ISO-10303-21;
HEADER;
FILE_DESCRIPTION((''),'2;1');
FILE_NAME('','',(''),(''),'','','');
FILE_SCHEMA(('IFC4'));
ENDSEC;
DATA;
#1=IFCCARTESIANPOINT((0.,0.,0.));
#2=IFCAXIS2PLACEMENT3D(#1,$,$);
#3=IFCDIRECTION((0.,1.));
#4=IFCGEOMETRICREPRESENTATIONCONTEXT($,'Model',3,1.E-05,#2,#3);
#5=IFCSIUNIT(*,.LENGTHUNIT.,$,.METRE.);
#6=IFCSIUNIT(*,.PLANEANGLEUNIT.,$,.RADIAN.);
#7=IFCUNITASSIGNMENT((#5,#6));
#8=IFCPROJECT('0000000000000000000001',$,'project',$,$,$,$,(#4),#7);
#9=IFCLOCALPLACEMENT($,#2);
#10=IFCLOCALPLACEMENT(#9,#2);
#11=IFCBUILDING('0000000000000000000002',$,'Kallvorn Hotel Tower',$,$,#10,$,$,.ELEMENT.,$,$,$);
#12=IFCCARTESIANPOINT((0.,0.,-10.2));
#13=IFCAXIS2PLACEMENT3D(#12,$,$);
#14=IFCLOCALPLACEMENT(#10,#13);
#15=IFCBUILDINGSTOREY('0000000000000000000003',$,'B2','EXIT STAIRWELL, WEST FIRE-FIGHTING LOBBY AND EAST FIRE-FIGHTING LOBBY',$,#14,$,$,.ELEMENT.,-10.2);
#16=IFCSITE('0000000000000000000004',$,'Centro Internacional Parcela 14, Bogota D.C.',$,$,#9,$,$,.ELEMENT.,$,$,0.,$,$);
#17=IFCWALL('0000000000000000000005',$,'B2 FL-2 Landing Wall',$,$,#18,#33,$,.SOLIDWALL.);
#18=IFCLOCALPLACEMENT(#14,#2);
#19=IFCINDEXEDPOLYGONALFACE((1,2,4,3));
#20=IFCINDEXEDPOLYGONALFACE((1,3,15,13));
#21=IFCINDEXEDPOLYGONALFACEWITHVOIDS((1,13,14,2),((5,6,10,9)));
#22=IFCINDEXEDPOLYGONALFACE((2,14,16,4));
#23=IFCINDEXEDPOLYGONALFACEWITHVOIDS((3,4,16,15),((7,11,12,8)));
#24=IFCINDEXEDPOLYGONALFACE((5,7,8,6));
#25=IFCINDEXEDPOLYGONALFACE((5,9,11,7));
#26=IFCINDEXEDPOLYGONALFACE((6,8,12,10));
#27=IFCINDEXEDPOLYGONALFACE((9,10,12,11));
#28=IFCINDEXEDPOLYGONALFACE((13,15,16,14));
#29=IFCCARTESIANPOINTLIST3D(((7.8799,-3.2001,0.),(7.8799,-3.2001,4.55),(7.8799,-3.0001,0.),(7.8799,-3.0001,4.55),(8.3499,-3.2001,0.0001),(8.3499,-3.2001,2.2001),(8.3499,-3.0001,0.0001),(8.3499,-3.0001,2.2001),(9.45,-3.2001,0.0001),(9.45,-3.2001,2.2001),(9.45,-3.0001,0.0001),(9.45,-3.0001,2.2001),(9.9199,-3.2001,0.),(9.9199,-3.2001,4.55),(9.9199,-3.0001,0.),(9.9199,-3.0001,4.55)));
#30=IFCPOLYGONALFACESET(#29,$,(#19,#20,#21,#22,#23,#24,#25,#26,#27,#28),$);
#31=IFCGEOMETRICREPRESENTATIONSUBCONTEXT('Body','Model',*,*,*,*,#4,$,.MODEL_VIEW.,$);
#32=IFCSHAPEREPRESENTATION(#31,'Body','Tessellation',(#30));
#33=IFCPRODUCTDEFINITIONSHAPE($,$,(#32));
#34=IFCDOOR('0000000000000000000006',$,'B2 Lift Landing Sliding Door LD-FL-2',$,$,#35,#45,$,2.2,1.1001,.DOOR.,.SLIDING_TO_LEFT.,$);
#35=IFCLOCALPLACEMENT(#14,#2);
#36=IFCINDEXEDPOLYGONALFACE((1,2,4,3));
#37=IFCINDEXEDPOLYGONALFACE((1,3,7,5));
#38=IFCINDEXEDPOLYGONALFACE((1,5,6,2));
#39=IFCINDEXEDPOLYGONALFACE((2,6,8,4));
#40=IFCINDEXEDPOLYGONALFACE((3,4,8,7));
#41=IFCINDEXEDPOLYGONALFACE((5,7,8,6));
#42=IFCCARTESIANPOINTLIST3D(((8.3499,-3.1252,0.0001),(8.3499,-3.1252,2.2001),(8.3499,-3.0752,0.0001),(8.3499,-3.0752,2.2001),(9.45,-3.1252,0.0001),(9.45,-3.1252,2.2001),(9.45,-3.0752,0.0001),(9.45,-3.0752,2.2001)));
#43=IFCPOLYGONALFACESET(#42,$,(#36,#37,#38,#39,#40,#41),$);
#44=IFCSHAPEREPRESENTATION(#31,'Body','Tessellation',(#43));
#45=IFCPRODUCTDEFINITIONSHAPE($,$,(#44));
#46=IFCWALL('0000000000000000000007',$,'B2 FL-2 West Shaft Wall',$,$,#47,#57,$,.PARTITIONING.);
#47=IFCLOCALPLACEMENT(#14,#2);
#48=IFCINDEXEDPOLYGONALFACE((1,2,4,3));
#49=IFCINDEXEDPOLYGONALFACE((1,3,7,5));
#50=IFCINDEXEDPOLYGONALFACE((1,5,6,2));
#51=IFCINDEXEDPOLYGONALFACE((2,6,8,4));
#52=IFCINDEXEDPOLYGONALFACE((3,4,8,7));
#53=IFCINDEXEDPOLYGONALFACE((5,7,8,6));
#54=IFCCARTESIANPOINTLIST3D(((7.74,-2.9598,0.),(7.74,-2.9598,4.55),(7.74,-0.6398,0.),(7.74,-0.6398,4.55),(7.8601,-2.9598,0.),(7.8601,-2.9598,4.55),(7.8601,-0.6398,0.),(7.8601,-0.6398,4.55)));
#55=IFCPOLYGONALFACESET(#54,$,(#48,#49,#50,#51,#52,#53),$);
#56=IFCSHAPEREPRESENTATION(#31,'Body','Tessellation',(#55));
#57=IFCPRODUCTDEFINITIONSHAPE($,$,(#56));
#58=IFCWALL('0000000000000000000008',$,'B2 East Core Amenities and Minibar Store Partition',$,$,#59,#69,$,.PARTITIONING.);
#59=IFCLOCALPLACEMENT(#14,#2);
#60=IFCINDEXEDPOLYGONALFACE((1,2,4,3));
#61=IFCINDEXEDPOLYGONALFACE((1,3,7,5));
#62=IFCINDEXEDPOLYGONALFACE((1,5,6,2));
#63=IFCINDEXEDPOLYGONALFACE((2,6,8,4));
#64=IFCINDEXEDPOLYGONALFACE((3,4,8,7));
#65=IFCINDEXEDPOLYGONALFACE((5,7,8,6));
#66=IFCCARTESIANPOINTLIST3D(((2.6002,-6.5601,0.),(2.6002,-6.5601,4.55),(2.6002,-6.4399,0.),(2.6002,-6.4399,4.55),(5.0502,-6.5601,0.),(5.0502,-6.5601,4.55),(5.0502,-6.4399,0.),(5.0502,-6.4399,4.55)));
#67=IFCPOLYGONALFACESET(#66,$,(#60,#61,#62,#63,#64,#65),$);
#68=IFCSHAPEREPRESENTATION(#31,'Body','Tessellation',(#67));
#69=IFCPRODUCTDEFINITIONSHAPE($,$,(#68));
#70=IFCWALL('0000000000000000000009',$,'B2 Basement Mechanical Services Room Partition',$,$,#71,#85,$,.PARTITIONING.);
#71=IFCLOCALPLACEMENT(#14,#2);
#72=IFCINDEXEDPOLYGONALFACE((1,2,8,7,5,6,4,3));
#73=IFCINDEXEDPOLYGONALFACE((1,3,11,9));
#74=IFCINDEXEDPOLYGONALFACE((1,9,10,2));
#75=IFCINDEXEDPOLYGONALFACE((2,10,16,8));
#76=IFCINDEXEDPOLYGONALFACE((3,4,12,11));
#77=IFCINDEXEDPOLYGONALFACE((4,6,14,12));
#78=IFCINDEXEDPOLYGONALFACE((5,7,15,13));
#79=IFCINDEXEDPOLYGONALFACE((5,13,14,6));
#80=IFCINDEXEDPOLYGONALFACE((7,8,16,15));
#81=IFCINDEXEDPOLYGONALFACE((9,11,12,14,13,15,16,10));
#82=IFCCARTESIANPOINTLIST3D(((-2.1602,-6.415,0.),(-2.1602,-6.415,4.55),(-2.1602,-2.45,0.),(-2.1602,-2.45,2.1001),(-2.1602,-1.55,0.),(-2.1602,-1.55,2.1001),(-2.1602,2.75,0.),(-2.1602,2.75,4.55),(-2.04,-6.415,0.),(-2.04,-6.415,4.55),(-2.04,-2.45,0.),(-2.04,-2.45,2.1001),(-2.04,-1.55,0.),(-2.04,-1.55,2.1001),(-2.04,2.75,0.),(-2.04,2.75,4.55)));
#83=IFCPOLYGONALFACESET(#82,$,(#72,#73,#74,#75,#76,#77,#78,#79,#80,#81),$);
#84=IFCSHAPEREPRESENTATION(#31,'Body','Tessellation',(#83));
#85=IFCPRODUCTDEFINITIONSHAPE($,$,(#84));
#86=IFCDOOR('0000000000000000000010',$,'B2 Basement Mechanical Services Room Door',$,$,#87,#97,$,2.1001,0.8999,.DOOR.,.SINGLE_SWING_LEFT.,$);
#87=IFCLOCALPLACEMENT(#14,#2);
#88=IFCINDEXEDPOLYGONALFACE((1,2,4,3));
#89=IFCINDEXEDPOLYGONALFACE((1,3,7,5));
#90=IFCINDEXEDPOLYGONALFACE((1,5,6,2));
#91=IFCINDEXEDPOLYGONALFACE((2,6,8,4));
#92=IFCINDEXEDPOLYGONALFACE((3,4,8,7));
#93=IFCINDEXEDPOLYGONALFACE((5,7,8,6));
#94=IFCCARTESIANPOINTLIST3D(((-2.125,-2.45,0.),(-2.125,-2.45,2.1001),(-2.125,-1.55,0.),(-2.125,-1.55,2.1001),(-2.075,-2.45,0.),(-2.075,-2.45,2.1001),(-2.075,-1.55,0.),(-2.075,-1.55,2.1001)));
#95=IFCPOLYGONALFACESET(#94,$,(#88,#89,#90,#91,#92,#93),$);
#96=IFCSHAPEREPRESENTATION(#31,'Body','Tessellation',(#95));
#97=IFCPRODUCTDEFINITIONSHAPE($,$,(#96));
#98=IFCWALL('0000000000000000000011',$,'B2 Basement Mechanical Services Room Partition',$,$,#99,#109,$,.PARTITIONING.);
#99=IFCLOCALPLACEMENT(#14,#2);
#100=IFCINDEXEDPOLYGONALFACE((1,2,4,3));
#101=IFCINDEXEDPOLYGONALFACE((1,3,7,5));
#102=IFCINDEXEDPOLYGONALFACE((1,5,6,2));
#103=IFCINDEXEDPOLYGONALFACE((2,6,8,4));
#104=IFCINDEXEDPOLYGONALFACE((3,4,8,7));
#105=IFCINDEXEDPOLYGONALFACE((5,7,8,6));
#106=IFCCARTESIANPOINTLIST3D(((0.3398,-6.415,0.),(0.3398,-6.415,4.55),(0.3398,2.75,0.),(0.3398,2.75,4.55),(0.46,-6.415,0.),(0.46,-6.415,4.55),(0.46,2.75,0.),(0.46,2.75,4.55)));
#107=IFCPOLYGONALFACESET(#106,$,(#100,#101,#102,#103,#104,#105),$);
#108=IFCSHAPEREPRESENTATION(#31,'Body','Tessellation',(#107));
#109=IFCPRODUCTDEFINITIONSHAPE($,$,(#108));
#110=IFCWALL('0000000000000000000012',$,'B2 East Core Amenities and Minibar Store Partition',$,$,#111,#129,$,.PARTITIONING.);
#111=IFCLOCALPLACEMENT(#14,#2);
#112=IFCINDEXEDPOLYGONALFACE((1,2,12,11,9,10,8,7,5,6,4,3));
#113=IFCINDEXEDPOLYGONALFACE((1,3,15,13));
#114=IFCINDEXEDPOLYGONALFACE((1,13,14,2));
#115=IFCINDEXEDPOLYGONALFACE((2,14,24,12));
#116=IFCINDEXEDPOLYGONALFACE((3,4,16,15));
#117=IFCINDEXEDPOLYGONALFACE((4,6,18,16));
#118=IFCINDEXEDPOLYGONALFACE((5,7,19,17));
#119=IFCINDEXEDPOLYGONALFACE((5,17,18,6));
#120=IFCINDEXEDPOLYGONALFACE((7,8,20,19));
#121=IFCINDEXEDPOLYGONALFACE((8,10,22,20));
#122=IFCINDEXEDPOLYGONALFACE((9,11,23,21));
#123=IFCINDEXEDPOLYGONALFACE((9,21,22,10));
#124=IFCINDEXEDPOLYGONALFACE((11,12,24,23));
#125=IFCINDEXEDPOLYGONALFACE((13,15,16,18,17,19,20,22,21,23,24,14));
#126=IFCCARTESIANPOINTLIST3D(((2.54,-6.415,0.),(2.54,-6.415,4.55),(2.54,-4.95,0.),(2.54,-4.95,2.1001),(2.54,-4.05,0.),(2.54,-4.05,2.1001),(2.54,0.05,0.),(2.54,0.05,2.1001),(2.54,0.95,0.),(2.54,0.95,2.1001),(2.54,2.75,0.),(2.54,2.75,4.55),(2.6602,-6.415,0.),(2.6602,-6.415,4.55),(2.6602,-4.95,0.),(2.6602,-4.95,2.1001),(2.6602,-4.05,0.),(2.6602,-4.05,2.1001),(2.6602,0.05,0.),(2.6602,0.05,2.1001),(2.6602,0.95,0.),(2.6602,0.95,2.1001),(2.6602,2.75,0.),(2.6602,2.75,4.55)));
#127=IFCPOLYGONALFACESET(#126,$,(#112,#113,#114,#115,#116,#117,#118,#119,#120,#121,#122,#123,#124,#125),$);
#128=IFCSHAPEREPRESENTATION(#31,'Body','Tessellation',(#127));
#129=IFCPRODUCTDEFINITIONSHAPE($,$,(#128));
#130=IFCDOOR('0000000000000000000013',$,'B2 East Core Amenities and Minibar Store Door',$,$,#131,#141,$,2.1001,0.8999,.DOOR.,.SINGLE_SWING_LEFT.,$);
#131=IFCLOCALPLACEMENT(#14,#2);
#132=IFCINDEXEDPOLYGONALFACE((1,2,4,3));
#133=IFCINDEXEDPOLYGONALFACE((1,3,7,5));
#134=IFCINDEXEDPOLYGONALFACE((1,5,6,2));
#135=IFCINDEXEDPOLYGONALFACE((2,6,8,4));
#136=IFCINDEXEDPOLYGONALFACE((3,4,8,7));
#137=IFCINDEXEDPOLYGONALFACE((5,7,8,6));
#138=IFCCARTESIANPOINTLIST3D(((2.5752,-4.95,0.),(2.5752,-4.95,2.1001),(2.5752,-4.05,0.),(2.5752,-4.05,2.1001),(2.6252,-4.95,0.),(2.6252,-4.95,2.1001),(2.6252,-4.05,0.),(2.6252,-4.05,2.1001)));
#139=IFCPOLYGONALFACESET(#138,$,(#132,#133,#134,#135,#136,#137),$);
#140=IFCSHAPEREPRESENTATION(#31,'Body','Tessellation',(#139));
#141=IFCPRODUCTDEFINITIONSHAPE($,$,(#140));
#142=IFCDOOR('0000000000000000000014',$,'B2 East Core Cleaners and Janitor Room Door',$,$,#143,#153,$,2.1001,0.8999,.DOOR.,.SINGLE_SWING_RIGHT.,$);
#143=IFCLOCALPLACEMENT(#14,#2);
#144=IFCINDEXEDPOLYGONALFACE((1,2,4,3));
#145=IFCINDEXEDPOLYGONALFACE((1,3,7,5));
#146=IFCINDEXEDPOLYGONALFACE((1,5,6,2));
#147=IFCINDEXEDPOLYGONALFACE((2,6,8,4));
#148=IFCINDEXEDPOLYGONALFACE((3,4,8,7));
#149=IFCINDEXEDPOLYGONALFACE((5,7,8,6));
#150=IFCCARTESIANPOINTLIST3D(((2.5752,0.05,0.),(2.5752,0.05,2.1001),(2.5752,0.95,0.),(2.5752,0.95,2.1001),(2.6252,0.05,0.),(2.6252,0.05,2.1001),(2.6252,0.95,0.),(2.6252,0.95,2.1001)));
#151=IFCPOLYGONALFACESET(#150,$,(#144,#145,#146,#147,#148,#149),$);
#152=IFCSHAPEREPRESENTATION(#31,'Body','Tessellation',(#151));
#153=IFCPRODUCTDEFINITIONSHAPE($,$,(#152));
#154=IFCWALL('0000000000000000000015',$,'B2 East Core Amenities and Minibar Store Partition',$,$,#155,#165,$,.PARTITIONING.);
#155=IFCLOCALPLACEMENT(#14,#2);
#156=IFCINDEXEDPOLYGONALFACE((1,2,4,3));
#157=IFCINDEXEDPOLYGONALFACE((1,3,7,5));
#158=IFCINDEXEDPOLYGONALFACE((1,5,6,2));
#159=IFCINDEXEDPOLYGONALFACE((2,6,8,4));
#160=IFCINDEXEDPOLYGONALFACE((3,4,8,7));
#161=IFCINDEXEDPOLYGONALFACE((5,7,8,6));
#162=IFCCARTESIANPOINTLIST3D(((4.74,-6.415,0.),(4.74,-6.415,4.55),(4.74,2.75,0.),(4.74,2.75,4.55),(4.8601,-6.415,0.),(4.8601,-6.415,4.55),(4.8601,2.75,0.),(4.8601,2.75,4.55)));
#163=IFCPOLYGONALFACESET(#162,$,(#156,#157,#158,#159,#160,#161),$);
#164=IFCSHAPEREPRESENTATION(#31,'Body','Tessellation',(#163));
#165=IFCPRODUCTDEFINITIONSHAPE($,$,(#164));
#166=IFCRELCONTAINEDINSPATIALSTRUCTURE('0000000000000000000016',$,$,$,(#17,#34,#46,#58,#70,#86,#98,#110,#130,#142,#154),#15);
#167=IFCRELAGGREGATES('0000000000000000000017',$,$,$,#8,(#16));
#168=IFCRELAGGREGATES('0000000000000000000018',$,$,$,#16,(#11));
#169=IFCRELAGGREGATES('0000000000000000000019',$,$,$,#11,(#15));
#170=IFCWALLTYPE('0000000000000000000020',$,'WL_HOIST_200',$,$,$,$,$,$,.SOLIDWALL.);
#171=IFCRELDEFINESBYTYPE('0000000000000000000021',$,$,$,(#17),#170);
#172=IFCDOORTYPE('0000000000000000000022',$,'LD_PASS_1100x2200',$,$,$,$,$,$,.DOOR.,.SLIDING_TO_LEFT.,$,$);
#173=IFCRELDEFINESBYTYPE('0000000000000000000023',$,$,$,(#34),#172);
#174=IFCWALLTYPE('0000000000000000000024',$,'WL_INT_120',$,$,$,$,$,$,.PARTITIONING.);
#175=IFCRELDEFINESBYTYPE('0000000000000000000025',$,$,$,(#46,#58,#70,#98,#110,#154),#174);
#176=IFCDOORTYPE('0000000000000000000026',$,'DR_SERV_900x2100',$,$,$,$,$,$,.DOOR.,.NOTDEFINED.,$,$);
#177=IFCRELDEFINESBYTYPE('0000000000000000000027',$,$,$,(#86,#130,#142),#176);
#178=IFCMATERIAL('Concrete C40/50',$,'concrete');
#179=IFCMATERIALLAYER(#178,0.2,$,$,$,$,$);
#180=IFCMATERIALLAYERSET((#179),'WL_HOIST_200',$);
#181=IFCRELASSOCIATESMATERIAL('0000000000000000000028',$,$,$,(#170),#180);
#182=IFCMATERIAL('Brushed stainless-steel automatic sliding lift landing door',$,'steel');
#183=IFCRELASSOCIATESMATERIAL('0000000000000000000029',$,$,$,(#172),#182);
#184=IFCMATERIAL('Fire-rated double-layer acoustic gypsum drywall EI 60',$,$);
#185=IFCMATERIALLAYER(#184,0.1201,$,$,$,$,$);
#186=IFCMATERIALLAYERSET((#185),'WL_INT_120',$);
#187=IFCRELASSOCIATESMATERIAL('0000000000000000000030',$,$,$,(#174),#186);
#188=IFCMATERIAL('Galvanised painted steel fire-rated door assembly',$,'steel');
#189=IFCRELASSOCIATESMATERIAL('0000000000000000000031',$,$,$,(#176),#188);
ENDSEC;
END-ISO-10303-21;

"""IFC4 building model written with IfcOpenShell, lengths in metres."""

from ifc_helpers import new_model, si_unit, direction, frame, frame_2d, origin, place, context, subcontext, project, spatial, rectangle, extrude, material, layer, layer_set, type_object, element, fill, save


model = new_model("IFC4")

# Units and contexts
model_context = context("Model", 3, precision=1e-05, world=origin(), true_north=direction((0.0, 1.0)))
body_context = subcontext(model_context, "Body", "Model", "MODEL_VIEW")
ifc_project = project(units=[si_unit("LENGTHUNIT", "METRE"), si_unit("PLANEANGLEUNIT", "RADIAN")], contexts=[model_context])

# Site, building, storey
site_placement = place(None, origin())
site = spatial("IfcSite", under=ifc_project, at=site_placement, Name="Centro Internacional Parcela 14, Bogota D.C.", CompositionType="ELEMENT", RefElevation=0.0)
building_placement = place(site_placement, origin())
building = spatial("IfcBuilding", under=site, at=building_placement, Name="Kallvorn Hotel Tower", CompositionType="ELEMENT")
storey_placement = place(building_placement, frame((0.0, 0.0, -10.2)))
storey = spatial("IfcBuildingStorey", under=building, at=storey_placement, Name="B2", Description="EXIT STAIRWELL, WEST FIRE-FIGHTING LOBBY AND EAST FIRE-FIGHTING LOBBY", CompositionType="ELEMENT", Elevation=-10.2)

# Wall, opening, door
ifc_material_1 = material(Name="Concrete C40/50", Category="concrete")
ifc_layer_1 = layer(ifc_material_1, 0.2)
ifc_layer_set_1 = layer_set([ifc_layer_1], Name="WL_HOIST_200")
wall_type_1 = type_object("IfcWallType", Name="WL_HOIST_200", PredefinedType="SOLIDWALL", material=ifc_layer_set_1)
wall_1_placement = place(storey_placement, frame((7.8799, -3.1001, 0.0), z_axis=(0.0, 0.0, 1.0), x_axis=(1.0, 0.0, 0.0)))
wall_1 = element("IfcWall", 1, at=wall_1_placement, inside=storey, type_object=wall_type_1, Name="B2 FL-2 Landing Wall", PredefinedType="SOLIDWALL", context=body_context, shape_type="SweptSolid", body=[
    extrude(rectangle(XDim=2.04, YDim=0.2, at=frame_2d((1.02, 0.0))), origin(), (0.0, 0.0, 1.0), 4.55),
])
opening_1_placement = place(wall_1_placement, frame((0.47, 0.0, 0.0)))
opening_1 = element("IfcOpeningElement", 2, at=opening_1_placement, cuts=wall_1, PredefinedType="OPENING", context=body_context, shape_type="SweptSolid", body=[
    extrude(rectangle(XDim=1.1001, YDim=2.2, at=frame_2d((0.55, 1.1001))), frame((0.0, 0.115, 0.0), z_axis=(0.0, -1.0, 0.0), x_axis=(1.0, 0.0, 0.0)), (0.0, 0.0, 1.0), 0.23),
])
ifc_material_2 = material(Name="Brushed stainless-steel automatic sliding lift landing door", Category="steel")
door_type_1 = type_object("IfcDoorType", Name="LD_PASS_1100x2200", OperationType="SLIDING_TO_LEFT", PredefinedType="DOOR", material=ifc_material_2)
door_1_placement = place(opening_1_placement, origin())
door_1 = element("IfcDoor", 3, at=door_1_placement, inside=storey, type_object=door_type_1, Name="B2 Lift Landing Sliding Door LD-FL-2", OperationType="SLIDING_TO_LEFT", OverallHeight=2.2, OverallWidth=1.1001, PredefinedType="DOOR", context=body_context, shape_type="SweptSolid", body=[
    extrude(rectangle(XDim=1.1001, YDim=2.2, at=frame_2d((0.55, 1.1001))), frame((0.0, 0.0249, 0.0), z_axis=(0.0, -1.0, 0.0), x_axis=(1.0, 0.0, 0.0)), (0.0, 0.0, 1.0), 0.05),
])
fill(opening_1, door_1)

# Walls
ifc_material_3 = material(Name="Fire-rated double-layer acoustic gypsum drywall EI 60")
ifc_layer_2 = layer(ifc_material_3, 0.1201)
ifc_layer_set_2 = layer_set([ifc_layer_2], Name="WL_INT_120")
wall_type_2 = type_object("IfcWallType", Name="WL_INT_120", PredefinedType="PARTITIONING", material=ifc_layer_set_2)
wall_2_placement = place(storey_placement, frame((7.8, -2.96, 0.0), z_axis=(0.0, 0.0, 1.0), x_axis=(0.0, 1.0, 0.0)))
element("IfcWall", 4, at=wall_2_placement, inside=storey, type_object=wall_type_2, Name="B2 FL-2 West Shaft Wall", PredefinedType="PARTITIONING", context=body_context, shape_type="SweptSolid", body=[
    extrude(rectangle(XDim=2.3201, YDim=0.1201, at=frame_2d((1.1602, 0.0))), origin(), (0.0, 0.0, 1.0), 4.55),
])
wall_3_placement = place(storey_placement, frame((2.6001, -6.5, 0.0), z_axis=(0.0, 0.0, 1.0), x_axis=(1.0, 0.0, 0.0)))
element("IfcWall", 5, at=wall_3_placement, inside=storey, type_object=wall_type_2, Name="B2 East Core Amenities and Minibar Store Partition", PredefinedType="PARTITIONING", context=body_context, shape_type="SweptSolid", body=[
    extrude(rectangle(XDim=2.45, YDim=0.1201, at=frame_2d((1.2251, 0.0))), origin(), (0.0, 0.0, 1.0), 4.55),
])

# Wall, opening, door
wall_4_placement = place(storey_placement, frame((-2.1001, -6.415, 0.0), z_axis=(0.0, 0.0, 1.0), x_axis=(0.0, 1.0, 0.0)))
wall_4 = element("IfcWall", 6, at=wall_4_placement, inside=storey, type_object=wall_type_2, Name="B2 Basement Mechanical Services Room Partition", PredefinedType="PARTITIONING", context=body_context, shape_type="SweptSolid", body=[
    extrude(rectangle(XDim=9.165, YDim=0.1201, at=frame_2d((4.5825, 0.0))), origin(), (0.0, 0.0, 1.0), 4.55),
])
opening_2_placement = place(wall_4_placement, frame((3.9651, 0.0, 0.0)))
opening_2 = element("IfcOpeningElement", 7, at=opening_2_placement, cuts=wall_4, PredefinedType="OPENING", context=body_context, shape_type="SweptSolid", body=[
    extrude(rectangle(XDim=0.8999, YDim=2.1001, at=frame_2d((0.45, 1.05))), frame((0.0, 0.075, 0.0), z_axis=(0.0, -1.0, 0.0), x_axis=(1.0, 0.0, 0.0)), (0.0, 0.0, 1.0), 0.1501),
])
ifc_material_4 = material(Name="Galvanised painted steel fire-rated door assembly", Category="steel")
door_type_2 = type_object("IfcDoorType", Name="DR_SERV_900x2100", OperationType="NOTDEFINED", PredefinedType="DOOR", material=ifc_material_4)
door_2_placement = place(opening_2_placement, origin())
door_2 = element("IfcDoor", 8, at=door_2_placement, inside=storey, type_object=door_type_2, Name="B2 Basement Mechanical Services Room Door", OperationType="SINGLE_SWING_LEFT", OverallHeight=2.1001, OverallWidth=0.8999, PredefinedType="DOOR", context=body_context, shape_type="SweptSolid", body=[
    extrude(rectangle(XDim=0.8999, YDim=2.1001, at=frame_2d((0.45, 1.05))), frame((0.0, 0.0249, 0.0), z_axis=(0.0, -1.0, 0.0), x_axis=(1.0, 0.0, 0.0)), (0.0, 0.0, 1.0), 0.05),
])
fill(opening_2, door_2)

# Wall
wall_5_placement = place(storey_placement, frame((0.3999, -6.415, 0.0), z_axis=(0.0, 0.0, 1.0), x_axis=(0.0, 1.0, 0.0)))
element("IfcWall", 9, at=wall_5_placement, inside=storey, type_object=wall_type_2, Name="B2 Basement Mechanical Services Room Partition", PredefinedType="PARTITIONING", context=body_context, shape_type="SweptSolid", body=[
    extrude(rectangle(XDim=9.165, YDim=0.1201, at=frame_2d((4.5825, 0.0))), origin(), (0.0, 0.0, 1.0), 4.55),
])

# Wall, openings, doors
wall_6_placement = place(storey_placement, frame((2.6001, -6.415, 0.0), z_axis=(0.0, 0.0, 1.0), x_axis=(0.0, 1.0, 0.0)))
wall_6 = element("IfcWall", 10, at=wall_6_placement, inside=storey, type_object=wall_type_2, Name="B2 East Core Amenities and Minibar Store Partition", PredefinedType="PARTITIONING", context=body_context, shape_type="SweptSolid", body=[
    extrude(rectangle(XDim=9.165, YDim=0.1201, at=frame_2d((4.5825, 0.0))), origin(), (0.0, 0.0, 1.0), 4.55),
])
opening_3_placement = place(wall_6_placement, frame((1.4651, 0.0, 0.0)))
opening_3 = element("IfcOpeningElement", 11, at=opening_3_placement, cuts=wall_6, PredefinedType="OPENING", context=body_context, shape_type="SweptSolid", body=[
    extrude(rectangle(XDim=0.8999, YDim=2.1001, at=frame_2d((0.45, 1.05))), frame((0.0, 0.075, 0.0), z_axis=(0.0, -1.0, 0.0), x_axis=(1.0, 0.0, 0.0)), (0.0, 0.0, 1.0), 0.1501),
])
opening_4_placement = place(wall_6_placement, frame((6.4651, 0.0, 0.0)))
opening_4 = element("IfcOpeningElement", 12, at=opening_4_placement, cuts=wall_6, PredefinedType="OPENING", context=body_context, shape_type="SweptSolid", body=[
    extrude(rectangle(XDim=0.8999, YDim=2.1001, at=frame_2d((0.45, 1.05))), frame((0.0, 0.075, 0.0), z_axis=(0.0, -1.0, 0.0), x_axis=(1.0, 0.0, 0.0)), (0.0, 0.0, 1.0), 0.1501),
])
door_3_placement = place(opening_3_placement, origin())
door_3 = element("IfcDoor", 13, at=door_3_placement, inside=storey, type_object=door_type_2, Name="B2 East Core Amenities and Minibar Store Door", OperationType="SINGLE_SWING_LEFT", OverallHeight=2.1001, OverallWidth=0.8999, PredefinedType="DOOR", context=body_context, shape_type="SweptSolid", body=[
    extrude(rectangle(XDim=0.8999, YDim=2.1001, at=frame_2d((0.45, 1.05))), frame((0.0, 0.0249, 0.0), z_axis=(0.0, -1.0, 0.0), x_axis=(1.0, 0.0, 0.0)), (0.0, 0.0, 1.0), 0.05),
])
fill(opening_3, door_3)
door_4_placement = place(opening_4_placement, origin())
door_4 = element("IfcDoor", 14, at=door_4_placement, inside=storey, type_object=door_type_2, Name="B2 East Core Cleaners and Janitor Room Door", OperationType="SINGLE_SWING_RIGHT", OverallHeight=2.1001, OverallWidth=0.8999, PredefinedType="DOOR", context=body_context, shape_type="SweptSolid", body=[
    extrude(rectangle(XDim=0.8999, YDim=2.1001, at=frame_2d((0.45, 1.05))), frame((0.0, 0.0249, 0.0), z_axis=(0.0, -1.0, 0.0), x_axis=(1.0, 0.0, 0.0)), (0.0, 0.0, 1.0), 0.05),
])
fill(opening_4, door_4)

# Wall
wall_7_placement = place(storey_placement, frame((4.8, -6.415, 0.0), z_axis=(0.0, 0.0, 1.0), x_axis=(0.0, 1.0, 0.0)))
element("IfcWall", 15, at=wall_7_placement, inside=storey, type_object=wall_type_2, Name="B2 East Core Amenities and Minibar Store Partition", PredefinedType="PARTITIONING", context=body_context, shape_type="SweptSolid", body=[
    extrude(rectangle(XDim=9.165, YDim=0.1201, at=frame_2d((4.5825, 0.0))), origin(), (0.0, 0.0, 1.0), 4.55),
])

save(model, "model.ifc")
